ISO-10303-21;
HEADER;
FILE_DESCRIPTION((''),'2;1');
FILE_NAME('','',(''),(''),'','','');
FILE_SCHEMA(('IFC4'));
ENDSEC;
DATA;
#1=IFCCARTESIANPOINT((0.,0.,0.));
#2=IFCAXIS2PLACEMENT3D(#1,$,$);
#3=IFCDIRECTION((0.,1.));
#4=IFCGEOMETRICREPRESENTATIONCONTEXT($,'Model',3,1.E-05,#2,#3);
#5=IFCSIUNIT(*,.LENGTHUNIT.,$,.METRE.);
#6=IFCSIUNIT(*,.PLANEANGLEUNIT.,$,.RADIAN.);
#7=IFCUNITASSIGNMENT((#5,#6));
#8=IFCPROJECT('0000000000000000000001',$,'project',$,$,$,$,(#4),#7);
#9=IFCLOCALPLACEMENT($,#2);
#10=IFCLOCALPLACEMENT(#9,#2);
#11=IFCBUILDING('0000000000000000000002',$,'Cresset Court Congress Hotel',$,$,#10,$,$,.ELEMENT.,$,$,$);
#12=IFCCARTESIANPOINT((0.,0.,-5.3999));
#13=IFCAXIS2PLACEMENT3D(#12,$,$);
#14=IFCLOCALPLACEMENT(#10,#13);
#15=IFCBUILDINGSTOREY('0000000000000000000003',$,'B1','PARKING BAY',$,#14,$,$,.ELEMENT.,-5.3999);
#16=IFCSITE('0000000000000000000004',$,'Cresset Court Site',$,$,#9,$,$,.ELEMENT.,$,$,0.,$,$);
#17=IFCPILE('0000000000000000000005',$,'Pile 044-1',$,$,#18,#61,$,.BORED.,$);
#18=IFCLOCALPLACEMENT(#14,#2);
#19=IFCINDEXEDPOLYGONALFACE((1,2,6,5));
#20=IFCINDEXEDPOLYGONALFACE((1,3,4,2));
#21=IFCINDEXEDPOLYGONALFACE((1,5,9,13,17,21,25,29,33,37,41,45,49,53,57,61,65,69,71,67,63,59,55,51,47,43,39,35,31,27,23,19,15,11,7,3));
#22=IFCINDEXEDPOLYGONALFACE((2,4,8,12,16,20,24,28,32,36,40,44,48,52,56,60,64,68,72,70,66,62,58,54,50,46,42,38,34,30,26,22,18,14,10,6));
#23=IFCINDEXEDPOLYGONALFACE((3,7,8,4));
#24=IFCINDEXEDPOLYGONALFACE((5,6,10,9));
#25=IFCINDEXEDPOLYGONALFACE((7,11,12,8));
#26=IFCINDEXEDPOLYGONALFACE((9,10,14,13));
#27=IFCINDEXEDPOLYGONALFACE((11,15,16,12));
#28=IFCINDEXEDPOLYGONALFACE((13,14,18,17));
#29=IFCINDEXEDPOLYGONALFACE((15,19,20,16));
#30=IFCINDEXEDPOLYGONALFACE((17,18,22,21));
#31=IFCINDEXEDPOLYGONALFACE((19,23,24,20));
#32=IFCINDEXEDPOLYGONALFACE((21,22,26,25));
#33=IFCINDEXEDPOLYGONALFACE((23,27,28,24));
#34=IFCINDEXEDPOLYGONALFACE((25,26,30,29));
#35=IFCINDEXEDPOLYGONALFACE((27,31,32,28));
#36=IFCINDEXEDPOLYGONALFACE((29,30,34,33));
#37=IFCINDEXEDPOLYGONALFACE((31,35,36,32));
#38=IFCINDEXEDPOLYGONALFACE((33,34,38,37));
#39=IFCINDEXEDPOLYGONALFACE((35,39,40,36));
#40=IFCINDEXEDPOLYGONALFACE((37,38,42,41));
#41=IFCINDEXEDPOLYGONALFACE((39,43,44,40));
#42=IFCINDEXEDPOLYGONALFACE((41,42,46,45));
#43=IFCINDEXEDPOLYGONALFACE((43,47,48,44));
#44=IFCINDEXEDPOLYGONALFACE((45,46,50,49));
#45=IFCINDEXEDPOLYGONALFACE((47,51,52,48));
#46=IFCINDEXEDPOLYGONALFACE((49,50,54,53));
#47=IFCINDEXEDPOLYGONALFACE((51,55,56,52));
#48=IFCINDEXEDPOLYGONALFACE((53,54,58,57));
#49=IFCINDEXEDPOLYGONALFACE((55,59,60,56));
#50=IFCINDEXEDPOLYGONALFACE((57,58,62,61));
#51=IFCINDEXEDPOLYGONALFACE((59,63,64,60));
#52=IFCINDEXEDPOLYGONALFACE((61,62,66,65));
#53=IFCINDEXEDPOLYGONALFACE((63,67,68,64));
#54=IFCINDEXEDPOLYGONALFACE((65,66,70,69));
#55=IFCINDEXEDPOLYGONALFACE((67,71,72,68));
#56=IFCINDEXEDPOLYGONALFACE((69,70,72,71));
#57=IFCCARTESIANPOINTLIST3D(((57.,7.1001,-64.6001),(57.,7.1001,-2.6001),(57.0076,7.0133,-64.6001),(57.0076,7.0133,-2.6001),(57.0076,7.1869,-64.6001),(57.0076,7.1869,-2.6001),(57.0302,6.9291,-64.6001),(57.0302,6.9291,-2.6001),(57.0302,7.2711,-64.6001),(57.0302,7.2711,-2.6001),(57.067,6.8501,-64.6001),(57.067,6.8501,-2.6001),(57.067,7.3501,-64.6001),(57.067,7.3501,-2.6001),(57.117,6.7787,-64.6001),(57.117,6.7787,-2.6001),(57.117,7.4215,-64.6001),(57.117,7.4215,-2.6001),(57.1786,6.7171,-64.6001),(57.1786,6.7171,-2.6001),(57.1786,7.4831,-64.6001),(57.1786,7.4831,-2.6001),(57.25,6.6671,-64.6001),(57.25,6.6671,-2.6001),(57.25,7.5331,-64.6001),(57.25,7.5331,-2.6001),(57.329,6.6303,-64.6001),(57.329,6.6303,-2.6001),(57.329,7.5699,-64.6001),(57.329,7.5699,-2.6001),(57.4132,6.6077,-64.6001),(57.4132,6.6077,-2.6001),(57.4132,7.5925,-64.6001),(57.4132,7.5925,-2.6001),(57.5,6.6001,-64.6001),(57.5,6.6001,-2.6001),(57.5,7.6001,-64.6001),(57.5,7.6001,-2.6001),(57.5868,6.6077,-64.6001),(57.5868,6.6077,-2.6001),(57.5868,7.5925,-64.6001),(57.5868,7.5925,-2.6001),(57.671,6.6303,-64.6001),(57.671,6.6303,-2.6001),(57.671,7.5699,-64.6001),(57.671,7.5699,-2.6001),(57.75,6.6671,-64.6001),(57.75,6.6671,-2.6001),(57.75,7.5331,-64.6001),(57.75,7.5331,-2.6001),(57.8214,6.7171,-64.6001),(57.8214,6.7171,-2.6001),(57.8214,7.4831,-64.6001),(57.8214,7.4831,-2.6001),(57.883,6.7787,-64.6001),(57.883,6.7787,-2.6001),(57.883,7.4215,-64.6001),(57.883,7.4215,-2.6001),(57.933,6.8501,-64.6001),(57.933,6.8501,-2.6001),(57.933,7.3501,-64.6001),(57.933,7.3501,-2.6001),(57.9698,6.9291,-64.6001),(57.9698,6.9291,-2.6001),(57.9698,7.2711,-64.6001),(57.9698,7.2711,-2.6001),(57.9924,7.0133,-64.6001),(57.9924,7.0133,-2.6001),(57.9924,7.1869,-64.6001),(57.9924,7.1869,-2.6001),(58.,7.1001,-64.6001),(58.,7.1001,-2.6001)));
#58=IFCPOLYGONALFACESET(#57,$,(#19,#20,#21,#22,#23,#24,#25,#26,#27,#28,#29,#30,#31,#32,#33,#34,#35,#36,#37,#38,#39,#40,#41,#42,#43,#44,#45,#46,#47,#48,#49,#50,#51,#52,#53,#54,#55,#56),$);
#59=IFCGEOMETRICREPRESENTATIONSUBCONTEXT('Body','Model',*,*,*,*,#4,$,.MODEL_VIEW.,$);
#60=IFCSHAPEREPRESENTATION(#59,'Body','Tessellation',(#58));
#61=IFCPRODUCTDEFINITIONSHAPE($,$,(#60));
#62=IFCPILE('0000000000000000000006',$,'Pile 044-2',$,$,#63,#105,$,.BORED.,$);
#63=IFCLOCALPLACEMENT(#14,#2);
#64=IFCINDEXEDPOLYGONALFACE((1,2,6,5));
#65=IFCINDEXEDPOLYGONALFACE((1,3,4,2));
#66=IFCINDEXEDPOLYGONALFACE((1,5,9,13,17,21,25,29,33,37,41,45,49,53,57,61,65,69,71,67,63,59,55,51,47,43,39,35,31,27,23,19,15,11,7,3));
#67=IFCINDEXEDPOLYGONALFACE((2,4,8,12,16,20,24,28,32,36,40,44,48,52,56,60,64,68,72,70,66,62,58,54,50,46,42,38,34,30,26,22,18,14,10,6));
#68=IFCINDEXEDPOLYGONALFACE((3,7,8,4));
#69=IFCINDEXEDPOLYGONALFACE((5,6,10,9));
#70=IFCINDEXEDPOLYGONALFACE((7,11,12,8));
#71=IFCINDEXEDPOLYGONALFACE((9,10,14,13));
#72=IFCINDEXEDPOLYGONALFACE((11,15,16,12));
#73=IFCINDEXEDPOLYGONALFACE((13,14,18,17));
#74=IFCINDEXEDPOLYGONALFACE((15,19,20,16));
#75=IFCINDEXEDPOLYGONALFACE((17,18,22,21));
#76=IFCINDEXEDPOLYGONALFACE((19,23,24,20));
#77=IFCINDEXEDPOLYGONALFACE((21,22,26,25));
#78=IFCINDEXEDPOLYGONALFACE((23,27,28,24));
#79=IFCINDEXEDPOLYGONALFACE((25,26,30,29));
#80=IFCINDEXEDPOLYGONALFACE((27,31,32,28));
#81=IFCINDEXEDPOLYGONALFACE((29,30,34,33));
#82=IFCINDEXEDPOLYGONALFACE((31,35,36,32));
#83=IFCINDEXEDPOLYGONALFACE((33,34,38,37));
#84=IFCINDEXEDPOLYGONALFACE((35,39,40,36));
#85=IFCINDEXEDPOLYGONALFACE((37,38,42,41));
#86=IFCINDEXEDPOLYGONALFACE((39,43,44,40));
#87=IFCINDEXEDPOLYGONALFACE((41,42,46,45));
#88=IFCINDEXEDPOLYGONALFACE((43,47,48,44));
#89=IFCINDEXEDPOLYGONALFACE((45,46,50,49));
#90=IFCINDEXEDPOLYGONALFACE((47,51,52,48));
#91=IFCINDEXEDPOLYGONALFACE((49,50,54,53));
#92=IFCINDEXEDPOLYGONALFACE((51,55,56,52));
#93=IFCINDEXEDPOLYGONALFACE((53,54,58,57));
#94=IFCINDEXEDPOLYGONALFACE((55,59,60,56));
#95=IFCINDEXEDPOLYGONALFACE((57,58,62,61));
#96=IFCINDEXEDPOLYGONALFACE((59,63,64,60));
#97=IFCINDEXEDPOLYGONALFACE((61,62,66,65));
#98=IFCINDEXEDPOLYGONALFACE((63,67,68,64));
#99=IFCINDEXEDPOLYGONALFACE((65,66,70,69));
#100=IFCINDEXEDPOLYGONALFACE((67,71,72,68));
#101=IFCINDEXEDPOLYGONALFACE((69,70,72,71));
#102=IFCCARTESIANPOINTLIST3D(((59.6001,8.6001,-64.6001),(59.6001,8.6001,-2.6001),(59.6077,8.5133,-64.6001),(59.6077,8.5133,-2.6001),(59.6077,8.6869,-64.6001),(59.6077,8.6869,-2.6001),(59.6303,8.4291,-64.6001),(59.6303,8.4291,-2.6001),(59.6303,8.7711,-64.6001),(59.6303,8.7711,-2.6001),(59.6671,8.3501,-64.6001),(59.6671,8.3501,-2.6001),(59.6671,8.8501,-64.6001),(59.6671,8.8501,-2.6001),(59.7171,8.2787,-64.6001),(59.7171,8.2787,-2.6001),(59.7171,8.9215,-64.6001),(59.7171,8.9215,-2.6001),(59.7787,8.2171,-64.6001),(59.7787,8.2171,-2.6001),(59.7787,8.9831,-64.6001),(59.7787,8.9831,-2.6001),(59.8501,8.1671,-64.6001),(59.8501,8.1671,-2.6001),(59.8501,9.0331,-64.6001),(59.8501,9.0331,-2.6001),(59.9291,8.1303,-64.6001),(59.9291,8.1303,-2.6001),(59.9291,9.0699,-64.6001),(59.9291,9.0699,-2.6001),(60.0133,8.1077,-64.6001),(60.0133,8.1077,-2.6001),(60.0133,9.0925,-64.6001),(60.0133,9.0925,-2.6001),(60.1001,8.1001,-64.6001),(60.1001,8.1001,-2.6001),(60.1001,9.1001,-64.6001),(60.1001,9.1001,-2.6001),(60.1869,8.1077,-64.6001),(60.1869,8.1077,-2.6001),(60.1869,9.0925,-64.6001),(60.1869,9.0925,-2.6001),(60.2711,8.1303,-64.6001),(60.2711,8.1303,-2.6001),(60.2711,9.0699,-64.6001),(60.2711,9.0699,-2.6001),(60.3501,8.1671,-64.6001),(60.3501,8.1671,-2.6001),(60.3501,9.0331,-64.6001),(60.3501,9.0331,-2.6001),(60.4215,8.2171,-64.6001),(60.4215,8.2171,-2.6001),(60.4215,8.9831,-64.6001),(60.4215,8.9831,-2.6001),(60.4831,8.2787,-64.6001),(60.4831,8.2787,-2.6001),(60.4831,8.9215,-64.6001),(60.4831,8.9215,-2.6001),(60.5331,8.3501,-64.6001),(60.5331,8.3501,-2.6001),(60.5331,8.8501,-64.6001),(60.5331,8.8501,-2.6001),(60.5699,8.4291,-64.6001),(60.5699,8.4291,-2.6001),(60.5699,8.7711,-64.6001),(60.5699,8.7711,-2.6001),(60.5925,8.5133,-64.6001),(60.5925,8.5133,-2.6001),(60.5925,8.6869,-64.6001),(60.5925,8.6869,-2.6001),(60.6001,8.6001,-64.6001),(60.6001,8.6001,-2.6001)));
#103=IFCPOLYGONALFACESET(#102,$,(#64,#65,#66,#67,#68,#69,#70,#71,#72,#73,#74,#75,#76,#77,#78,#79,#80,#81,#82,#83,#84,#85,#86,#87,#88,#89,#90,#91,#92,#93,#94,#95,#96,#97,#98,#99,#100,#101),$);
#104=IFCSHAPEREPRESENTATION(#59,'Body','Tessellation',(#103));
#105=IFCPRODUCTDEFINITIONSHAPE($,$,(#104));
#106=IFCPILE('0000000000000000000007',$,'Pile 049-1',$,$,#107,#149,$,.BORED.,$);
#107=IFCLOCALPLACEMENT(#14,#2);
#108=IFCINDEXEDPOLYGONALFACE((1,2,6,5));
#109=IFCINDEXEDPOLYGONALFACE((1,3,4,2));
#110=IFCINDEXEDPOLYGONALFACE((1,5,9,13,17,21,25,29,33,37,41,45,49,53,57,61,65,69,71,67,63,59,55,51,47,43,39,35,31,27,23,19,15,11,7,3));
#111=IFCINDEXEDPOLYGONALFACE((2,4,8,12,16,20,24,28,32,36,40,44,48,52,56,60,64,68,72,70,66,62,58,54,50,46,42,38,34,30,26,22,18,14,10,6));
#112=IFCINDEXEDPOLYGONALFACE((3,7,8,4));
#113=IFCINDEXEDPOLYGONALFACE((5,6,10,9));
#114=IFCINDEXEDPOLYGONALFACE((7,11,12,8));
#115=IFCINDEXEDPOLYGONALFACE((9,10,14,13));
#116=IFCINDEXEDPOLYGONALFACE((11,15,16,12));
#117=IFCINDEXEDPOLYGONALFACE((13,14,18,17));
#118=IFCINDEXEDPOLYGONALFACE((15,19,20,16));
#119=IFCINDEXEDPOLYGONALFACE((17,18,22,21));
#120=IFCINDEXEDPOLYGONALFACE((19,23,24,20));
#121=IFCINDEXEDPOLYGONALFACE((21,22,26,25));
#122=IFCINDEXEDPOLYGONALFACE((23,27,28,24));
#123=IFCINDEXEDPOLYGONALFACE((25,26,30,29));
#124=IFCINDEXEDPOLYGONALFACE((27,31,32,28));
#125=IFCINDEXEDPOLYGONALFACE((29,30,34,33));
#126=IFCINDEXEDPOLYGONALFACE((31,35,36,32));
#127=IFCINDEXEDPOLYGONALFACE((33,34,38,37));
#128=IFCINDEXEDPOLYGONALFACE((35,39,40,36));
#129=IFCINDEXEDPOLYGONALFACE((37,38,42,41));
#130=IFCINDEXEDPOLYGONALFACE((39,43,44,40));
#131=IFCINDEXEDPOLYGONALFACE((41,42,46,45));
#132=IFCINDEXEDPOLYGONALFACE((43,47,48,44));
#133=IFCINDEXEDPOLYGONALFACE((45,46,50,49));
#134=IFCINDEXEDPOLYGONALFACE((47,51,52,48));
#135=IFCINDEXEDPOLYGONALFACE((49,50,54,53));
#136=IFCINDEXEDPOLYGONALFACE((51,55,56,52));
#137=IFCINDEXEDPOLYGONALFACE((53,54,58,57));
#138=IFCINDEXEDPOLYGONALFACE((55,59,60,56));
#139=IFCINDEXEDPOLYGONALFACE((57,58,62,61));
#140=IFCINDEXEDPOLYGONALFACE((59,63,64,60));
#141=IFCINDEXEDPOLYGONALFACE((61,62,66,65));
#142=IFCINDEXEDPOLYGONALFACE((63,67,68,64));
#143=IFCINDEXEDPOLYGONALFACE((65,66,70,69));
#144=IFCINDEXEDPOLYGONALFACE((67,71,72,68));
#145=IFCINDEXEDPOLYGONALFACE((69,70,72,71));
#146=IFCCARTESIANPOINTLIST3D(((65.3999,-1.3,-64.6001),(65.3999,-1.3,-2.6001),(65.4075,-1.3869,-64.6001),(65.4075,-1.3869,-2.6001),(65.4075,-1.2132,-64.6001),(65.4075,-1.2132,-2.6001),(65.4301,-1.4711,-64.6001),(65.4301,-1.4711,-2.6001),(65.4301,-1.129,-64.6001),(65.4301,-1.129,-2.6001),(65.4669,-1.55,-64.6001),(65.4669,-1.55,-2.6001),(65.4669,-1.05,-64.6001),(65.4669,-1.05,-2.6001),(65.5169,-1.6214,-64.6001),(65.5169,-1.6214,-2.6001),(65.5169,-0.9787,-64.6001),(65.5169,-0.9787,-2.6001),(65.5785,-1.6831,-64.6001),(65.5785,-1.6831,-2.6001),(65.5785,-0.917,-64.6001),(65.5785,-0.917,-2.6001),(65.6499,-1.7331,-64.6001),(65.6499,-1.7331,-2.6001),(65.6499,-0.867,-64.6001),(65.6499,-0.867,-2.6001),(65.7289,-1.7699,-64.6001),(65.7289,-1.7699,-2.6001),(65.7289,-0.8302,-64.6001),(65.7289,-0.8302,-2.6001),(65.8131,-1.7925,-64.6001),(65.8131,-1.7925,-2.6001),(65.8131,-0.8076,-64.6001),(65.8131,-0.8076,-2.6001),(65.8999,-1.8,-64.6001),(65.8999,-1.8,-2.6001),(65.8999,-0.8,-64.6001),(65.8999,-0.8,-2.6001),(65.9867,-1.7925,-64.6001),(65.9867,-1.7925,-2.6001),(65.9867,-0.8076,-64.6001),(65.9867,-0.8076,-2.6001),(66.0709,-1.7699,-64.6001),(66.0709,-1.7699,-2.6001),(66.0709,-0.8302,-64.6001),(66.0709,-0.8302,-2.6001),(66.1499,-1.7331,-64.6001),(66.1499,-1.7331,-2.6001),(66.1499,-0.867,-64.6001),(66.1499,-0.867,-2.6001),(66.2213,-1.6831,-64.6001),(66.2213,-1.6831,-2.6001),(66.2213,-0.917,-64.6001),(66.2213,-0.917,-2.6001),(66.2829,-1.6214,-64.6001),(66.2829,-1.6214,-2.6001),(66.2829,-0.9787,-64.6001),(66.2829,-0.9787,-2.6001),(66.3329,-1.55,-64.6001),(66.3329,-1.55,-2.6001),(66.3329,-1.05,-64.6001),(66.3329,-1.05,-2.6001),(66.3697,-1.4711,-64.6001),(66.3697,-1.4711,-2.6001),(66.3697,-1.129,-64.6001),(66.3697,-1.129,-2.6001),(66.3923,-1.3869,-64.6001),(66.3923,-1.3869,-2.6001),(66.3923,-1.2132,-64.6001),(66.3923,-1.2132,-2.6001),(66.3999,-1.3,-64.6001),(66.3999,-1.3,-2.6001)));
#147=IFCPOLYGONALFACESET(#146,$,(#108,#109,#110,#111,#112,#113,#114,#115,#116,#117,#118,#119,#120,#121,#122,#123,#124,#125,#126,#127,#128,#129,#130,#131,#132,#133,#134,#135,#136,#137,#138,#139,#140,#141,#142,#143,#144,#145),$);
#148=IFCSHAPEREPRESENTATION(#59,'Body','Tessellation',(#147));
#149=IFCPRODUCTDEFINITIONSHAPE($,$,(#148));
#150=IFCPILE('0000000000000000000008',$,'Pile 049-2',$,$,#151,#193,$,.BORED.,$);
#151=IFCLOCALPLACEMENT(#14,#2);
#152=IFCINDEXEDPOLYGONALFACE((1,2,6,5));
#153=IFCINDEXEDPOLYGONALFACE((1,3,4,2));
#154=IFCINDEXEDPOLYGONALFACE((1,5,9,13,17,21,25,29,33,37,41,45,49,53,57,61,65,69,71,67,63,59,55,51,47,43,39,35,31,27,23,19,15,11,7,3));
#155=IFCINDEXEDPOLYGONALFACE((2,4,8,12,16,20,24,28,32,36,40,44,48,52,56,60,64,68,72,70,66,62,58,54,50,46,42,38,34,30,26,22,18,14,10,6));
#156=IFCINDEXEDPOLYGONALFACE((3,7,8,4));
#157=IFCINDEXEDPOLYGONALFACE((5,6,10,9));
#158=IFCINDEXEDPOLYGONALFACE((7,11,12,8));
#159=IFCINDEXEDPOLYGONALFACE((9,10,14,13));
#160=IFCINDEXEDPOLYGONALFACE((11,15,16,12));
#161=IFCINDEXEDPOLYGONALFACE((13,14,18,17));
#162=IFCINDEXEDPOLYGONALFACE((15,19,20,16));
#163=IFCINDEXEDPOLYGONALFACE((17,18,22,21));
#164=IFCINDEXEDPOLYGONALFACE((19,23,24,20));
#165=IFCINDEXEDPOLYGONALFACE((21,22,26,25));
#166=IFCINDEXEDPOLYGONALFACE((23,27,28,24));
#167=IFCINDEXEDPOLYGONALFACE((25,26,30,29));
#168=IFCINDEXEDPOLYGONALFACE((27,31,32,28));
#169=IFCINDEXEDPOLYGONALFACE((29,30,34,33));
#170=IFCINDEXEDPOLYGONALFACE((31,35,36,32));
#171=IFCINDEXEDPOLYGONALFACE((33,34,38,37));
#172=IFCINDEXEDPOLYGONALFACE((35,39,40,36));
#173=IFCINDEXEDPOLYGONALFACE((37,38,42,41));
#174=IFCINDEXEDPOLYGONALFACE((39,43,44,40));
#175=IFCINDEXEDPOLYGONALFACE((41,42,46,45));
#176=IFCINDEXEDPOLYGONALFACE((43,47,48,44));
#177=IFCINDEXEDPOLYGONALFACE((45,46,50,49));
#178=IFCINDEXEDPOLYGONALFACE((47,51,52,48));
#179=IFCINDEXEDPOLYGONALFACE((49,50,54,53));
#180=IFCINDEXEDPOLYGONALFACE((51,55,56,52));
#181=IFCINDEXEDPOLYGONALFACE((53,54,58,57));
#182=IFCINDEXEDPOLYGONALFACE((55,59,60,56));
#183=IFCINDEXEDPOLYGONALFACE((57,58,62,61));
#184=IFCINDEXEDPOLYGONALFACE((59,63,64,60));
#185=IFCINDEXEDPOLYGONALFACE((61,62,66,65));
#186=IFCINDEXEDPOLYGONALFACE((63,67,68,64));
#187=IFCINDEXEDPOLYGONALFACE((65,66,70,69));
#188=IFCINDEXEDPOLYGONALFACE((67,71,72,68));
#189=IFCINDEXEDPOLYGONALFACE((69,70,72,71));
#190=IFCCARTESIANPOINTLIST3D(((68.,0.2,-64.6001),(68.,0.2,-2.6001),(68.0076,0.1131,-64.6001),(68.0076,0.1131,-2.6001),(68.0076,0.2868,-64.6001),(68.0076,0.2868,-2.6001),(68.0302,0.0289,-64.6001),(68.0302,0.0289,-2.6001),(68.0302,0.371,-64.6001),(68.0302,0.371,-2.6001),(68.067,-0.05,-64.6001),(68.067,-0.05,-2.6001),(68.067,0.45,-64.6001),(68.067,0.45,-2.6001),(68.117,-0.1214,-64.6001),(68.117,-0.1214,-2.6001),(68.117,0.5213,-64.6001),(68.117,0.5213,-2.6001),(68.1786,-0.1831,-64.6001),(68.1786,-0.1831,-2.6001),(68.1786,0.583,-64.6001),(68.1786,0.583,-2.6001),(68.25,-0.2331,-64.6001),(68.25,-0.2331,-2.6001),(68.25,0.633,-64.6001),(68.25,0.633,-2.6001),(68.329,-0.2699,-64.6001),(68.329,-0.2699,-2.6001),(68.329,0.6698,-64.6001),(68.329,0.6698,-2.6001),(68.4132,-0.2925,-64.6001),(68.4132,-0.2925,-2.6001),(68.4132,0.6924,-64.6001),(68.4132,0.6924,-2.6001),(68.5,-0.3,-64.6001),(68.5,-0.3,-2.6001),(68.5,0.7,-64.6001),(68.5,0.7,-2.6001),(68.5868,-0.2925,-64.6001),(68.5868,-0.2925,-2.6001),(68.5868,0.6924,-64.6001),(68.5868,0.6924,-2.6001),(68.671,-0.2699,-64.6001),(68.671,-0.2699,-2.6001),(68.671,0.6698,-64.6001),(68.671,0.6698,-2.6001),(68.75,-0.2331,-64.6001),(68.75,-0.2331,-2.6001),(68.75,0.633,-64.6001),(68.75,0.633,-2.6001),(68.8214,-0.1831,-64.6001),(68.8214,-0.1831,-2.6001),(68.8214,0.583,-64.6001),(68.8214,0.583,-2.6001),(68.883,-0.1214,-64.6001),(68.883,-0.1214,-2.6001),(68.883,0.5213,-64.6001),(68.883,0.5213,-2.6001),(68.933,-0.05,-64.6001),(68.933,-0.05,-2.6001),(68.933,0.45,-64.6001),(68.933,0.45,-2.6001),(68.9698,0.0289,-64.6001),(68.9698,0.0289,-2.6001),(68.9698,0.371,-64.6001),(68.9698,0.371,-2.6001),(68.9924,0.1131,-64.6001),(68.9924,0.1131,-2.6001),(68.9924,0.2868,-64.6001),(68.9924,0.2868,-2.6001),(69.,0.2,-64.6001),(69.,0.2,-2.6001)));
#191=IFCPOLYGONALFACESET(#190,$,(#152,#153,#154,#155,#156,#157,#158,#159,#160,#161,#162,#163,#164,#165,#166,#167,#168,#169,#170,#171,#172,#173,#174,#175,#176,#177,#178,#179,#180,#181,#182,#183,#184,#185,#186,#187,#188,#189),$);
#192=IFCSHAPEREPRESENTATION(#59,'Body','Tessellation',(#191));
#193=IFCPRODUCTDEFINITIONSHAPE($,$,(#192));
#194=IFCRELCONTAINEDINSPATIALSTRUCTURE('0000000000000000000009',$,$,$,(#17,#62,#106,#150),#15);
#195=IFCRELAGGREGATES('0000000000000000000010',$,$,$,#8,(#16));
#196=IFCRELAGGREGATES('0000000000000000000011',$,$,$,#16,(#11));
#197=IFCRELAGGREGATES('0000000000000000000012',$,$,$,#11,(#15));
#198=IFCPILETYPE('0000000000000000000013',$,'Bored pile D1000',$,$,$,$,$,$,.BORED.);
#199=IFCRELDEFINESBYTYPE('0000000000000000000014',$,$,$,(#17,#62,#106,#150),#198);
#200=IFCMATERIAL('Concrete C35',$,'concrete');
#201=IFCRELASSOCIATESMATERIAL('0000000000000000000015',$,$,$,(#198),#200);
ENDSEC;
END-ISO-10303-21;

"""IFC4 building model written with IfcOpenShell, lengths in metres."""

from ifc_helpers import new_model, si_unit, direction, frame, origin, origin_2d, place, context, subcontext, project, spatial, circle, extrude, material, type_object, element, save


model = new_model("IFC4")

# Units and contexts
model_context = context("Model", 3, precision=1e-05, world=origin(), true_north=direction((0.0, 1.0)))
body_context = subcontext(model_context, "Body", "Model", "MODEL_VIEW")
ifc_project = project(units=[si_unit("LENGTHUNIT", "METRE"), si_unit("PLANEANGLEUNIT", "RADIAN")], contexts=[model_context])

# Site, building, storey
site_placement = place(None, origin())
site = spatial("IfcSite", under=ifc_project, at=site_placement, Name="Cresset Court Site", CompositionType="ELEMENT", RefElevation=0.0)
building_placement = place(site_placement, origin())
building = spatial("IfcBuilding", under=site, at=building_placement, Name="Cresset Court Congress Hotel", CompositionType="ELEMENT")
storey_placement = place(building_placement, frame((0.0, 0.0, -5.3999)))
storey = spatial("IfcBuildingStorey", under=building, at=storey_placement, Name="B1", Description="PARKING BAY", CompositionType="ELEMENT", Elevation=-5.3999)

# Piles
ifc_material_1 = material(Name="Concrete C35", Category="concrete")
pile_type = type_object("IfcPileType", Name="Bored pile D1000", PredefinedType="BORED", material=ifc_material_1)
for number, where, z_axis, x_axis, name in (
    (1, (57.5, 7.1001, -2.6001), (0.0, 0.0, -1.0), (1.0, 0.0, 0.0), "Pile 044-1"),
    (2, (60.1001, 8.6001, -2.6001), (0.0, 0.0, -1.0), (1.0, 0.0, 0.0), "Pile 044-2"),
    (3, (65.8999, -1.3, -2.6001), (0.0, 0.0, -1.0), (1.0, 0.0, 0.0), "Pile 049-1"),
    (4, (68.5, 0.2, -2.6001), (0.0, 0.0, -1.0), (1.0, 0.0, 0.0), "Pile 049-2"),
):
    element("IfcPile", number, at=place(storey_placement, frame(where, z_axis=z_axis, x_axis=x_axis)), inside=storey, type_object=pile_type, Name=name, PredefinedType="BORED", context=body_context, shape_type="SweptSolid", body=[
        extrude(circle(Radius=0.5, at=origin_2d()), origin(), (0.0, 0.0, 1.0), 62.0),
    ])

save(model, "model.ifc")
